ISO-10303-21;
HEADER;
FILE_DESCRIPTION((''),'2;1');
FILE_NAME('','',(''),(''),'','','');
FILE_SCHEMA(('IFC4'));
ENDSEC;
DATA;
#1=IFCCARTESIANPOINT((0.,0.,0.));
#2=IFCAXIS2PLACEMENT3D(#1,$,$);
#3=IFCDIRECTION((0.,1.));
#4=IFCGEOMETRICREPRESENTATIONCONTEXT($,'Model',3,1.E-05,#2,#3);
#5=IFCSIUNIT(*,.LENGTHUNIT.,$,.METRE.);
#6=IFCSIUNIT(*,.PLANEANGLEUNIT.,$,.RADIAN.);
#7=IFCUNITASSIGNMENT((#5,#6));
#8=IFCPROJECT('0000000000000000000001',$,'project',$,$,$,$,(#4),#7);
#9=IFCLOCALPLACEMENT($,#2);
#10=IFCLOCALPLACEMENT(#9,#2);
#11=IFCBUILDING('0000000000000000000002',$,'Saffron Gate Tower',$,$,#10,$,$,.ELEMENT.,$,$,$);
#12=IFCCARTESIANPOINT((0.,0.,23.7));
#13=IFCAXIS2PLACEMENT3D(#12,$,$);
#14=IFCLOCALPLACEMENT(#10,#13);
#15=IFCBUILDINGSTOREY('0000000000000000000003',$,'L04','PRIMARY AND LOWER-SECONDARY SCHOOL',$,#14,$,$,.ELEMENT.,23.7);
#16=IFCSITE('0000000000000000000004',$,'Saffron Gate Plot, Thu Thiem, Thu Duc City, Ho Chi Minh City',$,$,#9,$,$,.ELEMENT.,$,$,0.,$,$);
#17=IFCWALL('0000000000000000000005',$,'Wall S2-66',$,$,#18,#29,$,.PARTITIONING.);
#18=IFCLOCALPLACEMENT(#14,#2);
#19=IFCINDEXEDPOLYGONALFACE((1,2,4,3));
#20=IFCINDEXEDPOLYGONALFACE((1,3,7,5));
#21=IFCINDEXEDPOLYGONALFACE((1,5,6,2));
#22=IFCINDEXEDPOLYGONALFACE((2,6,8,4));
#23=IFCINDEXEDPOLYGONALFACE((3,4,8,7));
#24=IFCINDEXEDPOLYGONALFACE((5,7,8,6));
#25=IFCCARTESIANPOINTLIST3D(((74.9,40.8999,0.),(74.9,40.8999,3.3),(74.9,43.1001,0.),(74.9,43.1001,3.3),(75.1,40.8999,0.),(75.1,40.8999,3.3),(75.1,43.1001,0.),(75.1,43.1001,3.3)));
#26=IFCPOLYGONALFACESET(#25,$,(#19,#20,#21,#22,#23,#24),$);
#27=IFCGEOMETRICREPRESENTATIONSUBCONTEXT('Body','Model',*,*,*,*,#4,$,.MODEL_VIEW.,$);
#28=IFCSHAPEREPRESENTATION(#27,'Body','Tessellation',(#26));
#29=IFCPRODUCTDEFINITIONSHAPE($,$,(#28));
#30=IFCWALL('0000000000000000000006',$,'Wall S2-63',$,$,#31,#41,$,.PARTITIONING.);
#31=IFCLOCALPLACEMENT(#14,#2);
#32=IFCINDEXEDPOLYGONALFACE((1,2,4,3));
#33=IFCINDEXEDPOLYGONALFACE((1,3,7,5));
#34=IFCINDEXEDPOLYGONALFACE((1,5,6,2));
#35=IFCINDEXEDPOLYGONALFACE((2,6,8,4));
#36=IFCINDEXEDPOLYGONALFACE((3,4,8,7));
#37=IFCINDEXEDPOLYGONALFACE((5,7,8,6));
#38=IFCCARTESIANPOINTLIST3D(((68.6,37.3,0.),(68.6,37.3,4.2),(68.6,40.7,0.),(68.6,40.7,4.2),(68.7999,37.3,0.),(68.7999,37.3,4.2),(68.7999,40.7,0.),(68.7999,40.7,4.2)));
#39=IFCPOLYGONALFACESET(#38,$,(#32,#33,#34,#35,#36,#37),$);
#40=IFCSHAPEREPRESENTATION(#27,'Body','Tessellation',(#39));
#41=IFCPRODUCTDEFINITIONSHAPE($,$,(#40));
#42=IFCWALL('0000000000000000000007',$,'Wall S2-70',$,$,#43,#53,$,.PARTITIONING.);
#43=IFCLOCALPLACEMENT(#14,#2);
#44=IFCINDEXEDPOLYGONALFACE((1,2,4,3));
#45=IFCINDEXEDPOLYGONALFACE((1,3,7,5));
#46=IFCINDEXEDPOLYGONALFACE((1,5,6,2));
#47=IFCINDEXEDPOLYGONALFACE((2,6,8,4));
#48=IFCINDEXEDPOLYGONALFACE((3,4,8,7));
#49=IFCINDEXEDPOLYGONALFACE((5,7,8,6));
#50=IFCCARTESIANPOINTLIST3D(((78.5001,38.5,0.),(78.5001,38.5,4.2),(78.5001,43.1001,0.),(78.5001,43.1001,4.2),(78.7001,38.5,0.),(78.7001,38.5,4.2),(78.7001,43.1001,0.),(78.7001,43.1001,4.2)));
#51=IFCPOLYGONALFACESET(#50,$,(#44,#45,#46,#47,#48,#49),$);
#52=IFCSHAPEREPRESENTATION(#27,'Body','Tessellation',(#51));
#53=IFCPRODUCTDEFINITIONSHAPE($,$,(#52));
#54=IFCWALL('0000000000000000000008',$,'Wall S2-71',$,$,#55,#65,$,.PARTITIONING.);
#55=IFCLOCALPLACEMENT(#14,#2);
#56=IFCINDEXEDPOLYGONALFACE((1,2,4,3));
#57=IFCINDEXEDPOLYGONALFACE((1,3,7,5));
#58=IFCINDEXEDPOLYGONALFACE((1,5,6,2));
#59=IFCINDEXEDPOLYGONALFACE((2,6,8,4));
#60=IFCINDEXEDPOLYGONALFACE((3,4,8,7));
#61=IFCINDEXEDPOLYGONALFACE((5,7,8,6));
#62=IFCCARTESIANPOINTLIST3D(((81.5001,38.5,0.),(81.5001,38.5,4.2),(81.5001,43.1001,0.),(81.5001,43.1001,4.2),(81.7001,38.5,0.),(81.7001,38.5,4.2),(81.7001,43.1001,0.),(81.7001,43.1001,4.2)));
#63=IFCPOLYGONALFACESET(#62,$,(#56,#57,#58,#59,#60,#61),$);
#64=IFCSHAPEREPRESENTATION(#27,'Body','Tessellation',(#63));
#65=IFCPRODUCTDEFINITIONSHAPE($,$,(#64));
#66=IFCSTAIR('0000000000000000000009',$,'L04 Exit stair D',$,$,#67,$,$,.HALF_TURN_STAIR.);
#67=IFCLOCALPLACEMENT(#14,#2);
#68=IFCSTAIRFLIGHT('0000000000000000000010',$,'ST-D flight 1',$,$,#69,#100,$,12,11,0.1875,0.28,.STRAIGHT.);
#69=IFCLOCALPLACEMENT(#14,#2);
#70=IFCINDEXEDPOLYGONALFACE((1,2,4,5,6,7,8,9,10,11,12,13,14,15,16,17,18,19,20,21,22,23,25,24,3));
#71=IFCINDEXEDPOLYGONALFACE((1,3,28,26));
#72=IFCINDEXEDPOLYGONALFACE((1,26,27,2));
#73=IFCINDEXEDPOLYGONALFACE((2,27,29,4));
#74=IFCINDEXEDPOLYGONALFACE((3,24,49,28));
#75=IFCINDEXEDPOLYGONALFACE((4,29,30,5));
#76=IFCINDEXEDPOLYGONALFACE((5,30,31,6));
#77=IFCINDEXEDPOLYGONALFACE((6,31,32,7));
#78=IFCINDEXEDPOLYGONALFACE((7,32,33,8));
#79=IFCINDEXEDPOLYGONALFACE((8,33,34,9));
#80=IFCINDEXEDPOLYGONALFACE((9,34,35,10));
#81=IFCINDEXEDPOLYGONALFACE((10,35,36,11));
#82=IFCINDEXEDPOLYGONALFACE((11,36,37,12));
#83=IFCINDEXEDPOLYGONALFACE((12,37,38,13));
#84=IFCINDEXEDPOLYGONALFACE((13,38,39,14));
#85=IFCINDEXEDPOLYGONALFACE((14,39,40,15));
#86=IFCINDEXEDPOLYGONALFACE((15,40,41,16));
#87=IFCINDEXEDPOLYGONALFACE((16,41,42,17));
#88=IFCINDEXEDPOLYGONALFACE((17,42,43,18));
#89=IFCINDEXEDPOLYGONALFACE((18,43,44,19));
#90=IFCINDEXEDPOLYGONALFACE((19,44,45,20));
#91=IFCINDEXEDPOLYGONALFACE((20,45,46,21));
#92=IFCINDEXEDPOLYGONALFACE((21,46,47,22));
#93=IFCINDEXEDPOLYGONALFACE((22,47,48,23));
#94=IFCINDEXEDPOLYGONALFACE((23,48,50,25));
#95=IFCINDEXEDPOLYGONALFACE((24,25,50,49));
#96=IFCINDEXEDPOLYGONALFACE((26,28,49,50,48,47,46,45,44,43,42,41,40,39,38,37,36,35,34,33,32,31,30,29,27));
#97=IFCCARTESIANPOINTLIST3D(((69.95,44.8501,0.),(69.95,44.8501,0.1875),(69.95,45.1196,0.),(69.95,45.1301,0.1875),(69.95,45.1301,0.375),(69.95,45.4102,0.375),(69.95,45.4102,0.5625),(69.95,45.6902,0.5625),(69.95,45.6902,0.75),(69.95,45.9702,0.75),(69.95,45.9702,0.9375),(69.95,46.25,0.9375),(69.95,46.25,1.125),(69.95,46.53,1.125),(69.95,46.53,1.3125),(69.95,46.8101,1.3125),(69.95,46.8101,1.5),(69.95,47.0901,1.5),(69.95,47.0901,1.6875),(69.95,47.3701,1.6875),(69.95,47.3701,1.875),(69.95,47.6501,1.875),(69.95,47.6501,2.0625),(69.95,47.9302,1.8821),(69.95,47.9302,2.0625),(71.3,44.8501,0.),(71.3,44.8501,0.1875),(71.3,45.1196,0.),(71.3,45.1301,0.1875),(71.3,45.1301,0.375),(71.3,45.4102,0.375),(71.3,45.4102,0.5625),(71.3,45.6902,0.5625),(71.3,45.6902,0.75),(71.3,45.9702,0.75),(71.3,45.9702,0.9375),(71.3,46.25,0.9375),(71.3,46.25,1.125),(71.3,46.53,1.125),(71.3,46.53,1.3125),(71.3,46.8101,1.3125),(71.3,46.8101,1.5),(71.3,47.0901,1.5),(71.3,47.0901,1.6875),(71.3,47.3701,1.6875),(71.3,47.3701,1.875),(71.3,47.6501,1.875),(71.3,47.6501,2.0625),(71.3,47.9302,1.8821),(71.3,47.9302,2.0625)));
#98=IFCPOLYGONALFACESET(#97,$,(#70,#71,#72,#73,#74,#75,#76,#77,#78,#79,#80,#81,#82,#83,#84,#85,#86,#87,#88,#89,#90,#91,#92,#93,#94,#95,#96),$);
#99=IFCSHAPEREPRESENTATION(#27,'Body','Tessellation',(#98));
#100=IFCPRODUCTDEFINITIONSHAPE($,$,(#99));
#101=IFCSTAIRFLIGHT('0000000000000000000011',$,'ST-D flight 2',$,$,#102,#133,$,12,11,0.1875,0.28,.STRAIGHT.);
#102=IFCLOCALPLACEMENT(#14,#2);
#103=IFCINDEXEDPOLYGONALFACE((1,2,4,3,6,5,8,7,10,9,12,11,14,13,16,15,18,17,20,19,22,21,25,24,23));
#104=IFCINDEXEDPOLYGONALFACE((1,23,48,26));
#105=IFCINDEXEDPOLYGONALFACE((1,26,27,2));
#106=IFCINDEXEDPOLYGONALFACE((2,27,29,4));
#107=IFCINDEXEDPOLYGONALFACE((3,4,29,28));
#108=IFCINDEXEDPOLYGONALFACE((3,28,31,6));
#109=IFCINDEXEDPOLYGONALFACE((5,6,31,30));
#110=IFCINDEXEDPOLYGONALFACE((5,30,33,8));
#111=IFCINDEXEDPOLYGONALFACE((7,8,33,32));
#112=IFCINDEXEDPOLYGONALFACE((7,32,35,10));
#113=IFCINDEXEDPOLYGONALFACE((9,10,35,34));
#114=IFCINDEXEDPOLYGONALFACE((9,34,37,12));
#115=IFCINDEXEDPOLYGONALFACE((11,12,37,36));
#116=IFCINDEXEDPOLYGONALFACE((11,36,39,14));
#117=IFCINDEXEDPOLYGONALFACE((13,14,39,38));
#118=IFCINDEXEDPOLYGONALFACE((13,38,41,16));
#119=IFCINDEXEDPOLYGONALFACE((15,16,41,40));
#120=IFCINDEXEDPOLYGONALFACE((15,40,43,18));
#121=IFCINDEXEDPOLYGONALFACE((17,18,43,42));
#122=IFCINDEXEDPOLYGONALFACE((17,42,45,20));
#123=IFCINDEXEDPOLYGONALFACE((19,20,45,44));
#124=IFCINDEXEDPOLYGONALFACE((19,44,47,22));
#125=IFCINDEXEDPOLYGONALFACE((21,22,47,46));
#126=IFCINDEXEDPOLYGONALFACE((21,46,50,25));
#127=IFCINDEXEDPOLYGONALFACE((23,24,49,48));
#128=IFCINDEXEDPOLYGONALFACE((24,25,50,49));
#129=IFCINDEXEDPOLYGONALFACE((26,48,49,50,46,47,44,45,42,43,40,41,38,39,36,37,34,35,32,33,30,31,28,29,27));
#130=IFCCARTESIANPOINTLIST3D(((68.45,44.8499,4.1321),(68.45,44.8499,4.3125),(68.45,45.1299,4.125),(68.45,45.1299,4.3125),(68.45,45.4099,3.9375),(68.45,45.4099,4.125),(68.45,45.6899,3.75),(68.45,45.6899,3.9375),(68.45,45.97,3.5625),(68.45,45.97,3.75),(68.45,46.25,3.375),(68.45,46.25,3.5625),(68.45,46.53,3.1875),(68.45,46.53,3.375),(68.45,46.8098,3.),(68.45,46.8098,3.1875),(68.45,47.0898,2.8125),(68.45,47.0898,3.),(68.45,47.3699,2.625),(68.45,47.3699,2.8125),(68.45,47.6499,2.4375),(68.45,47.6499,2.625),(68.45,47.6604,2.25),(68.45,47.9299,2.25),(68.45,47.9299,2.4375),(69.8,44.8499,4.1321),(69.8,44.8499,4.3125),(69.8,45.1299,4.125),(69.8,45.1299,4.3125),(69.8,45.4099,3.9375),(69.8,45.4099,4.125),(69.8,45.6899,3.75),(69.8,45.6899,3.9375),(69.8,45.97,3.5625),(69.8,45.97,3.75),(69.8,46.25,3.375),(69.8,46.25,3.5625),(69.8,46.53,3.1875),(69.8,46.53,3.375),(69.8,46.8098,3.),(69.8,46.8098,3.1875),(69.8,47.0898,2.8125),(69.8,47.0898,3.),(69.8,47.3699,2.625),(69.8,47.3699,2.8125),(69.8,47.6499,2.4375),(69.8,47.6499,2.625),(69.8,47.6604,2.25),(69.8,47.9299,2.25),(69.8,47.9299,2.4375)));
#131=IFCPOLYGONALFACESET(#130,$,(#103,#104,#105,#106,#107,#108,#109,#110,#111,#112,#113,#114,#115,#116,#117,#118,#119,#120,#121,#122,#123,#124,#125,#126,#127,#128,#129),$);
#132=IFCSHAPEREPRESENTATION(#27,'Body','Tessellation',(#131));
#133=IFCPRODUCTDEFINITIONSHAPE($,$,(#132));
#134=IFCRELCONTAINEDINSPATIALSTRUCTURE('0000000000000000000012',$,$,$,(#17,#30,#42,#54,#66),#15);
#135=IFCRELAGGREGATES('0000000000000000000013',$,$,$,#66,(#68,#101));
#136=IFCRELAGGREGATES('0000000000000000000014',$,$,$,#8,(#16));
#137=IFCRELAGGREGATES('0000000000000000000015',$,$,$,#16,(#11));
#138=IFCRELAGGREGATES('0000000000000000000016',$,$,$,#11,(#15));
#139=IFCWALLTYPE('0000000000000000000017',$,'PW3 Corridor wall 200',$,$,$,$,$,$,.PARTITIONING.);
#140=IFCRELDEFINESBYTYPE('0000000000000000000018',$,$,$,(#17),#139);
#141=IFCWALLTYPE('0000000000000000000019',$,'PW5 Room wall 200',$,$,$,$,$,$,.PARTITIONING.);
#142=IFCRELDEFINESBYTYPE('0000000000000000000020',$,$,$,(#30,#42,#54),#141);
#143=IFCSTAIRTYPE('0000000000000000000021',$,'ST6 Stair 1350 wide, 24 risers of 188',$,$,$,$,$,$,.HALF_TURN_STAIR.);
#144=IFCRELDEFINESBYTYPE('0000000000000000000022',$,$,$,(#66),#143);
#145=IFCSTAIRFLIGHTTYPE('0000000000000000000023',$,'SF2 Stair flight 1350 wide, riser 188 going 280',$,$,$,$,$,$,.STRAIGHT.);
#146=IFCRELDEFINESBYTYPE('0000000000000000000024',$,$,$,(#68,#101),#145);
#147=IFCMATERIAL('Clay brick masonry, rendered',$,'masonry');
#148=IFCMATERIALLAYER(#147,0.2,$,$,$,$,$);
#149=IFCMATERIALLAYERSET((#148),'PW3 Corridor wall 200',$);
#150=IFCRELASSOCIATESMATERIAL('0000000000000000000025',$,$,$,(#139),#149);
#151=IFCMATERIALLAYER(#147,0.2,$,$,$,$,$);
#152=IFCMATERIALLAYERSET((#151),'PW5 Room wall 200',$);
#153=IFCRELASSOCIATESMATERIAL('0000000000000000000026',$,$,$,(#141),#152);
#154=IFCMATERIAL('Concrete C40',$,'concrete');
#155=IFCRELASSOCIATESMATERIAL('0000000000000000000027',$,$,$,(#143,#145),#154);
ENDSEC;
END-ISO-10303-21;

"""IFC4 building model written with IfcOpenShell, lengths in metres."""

from ifc_helpers import new_model, si_unit, direction, frame, frame_2d, origin, place, context, subcontext, project, spatial, polyline, rectangle, outline, extrude, material, layer, layer_set, type_object, element, aggregate, save


model = new_model("IFC4")

# Units and contexts
model_context = context("Model", 3, precision=1e-05, world=origin(), true_north=direction((0.0, 1.0)))
body_context = subcontext(model_context, "Body", "Model", "MODEL_VIEW")
ifc_project = project(units=[si_unit("LENGTHUNIT", "METRE"), si_unit("PLANEANGLEUNIT", "RADIAN")], contexts=[model_context])

# Site, building, storey
site_placement = place(None, origin())
site = spatial("IfcSite", under=ifc_project, at=site_placement, Name="Saffron Gate Plot, Thu Thiem, Thu Duc City, Ho Chi Minh City", CompositionType="ELEMENT", RefElevation=0.0)
building_placement = place(site_placement, origin())
building = spatial("IfcBuilding", under=site, at=building_placement, Name="Saffron Gate Tower", CompositionType="ELEMENT")
storey_placement = place(building_placement, frame((0.0, 0.0, 23.7)))
storey = spatial("IfcBuildingStorey", under=building, at=storey_placement, Name="L04", Description="PRIMARY AND LOWER-SECONDARY SCHOOL", CompositionType="ELEMENT", Elevation=23.7)

# Walls
ifc_material_1 = material(Name="Clay brick masonry, rendered", Category="masonry")
ifc_layer_1 = layer(ifc_material_1, 0.2)
ifc_layer_set_1 = layer_set([ifc_layer_1], Name="PW3 Corridor wall 200")
wall_type_1 = type_object("IfcWallType", Name="PW3 Corridor wall 200", PredefinedType="PARTITIONING", material=ifc_layer_set_1)
wall_1_placement = place(storey_placement, frame((75.0, 43.1001, 0.0), z_axis=(0.0, 0.0, 1.0), x_axis=(0.0, -1.0, 0.0)))
element("IfcWall", 1, at=wall_1_placement, inside=storey, type_object=wall_type_1, Name="Wall S2-66", PredefinedType="PARTITIONING", context=body_context, shape_type="SweptSolid", body=[
    extrude(rectangle(XDim=2.2002, YDim=0.2, at=frame_2d((1.1001, 0.0))), origin(), (0.0, 0.0, 1.0), 3.3),
])
ifc_layer_2 = layer(ifc_material_1, 0.2)
ifc_layer_set_2 = layer_set([ifc_layer_2], Name="PW5 Room wall 200")
wall_type_2 = type_object("IfcWallType", Name="PW5 Room wall 200", PredefinedType="PARTITIONING", material=ifc_layer_set_2)
wall_2_placement = place(storey_placement, frame((68.7, 40.7, 0.0), z_axis=(0.0, 0.0, 1.0), x_axis=(0.0, -1.0, 0.0)))
element("IfcWall", 2, at=wall_2_placement, inside=storey, type_object=wall_type_2, Name="Wall S2-63", PredefinedType="PARTITIONING", context=body_context, shape_type="SweptSolid", body=[
    extrude(rectangle(XDim=3.3999, YDim=0.2, at=frame_2d((1.7, 0.0))), origin(), (0.0, 0.0, 1.0), 4.2),
])
for number, where, z_axis, x_axis, name in (
    (3, (78.6001, 43.1001, 0.0), (0.0, 0.0, 1.0), (0.0, -1.0, 0.0), "Wall S2-70"),
    (4, (81.6001, 43.1001, 0.0), (0.0, 0.0, 1.0), (0.0, -1.0, 0.0), "Wall S2-71"),
):
    element("IfcWall", number, at=place(storey_placement, frame(where, z_axis=z_axis, x_axis=x_axis)), inside=storey, type_object=wall_type_2, Name=name, PredefinedType="PARTITIONING", context=body_context, shape_type="SweptSolid", body=[
        extrude(rectangle(XDim=4.6001, YDim=0.2, at=frame_2d((2.3, 0.0))), origin(), (0.0, 0.0, 1.0), 4.2),
    ])

# Stair, stair flights
ifc_material_2 = material(Name="Concrete C40", Category="concrete")
stair_type = type_object("IfcStairType", Name="ST6 Stair 1350 wide, 24 risers of 188", PredefinedType="HALF_TURN_STAIR", material=ifc_material_2)
stair_placement = place(storey_placement, origin())
stair = element("IfcStair", 5, at=stair_placement, inside=storey, type_object=stair_type, Name="L04 Exit stair D", PredefinedType="HALF_TURN_STAIR")
stair_flight_type = type_object("IfcStairFlightType", Name="SF2 Stair flight 1350 wide, riser 188 going 280", PredefinedType="STRAIGHT", material=ifc_material_2)
stair_flight_1_placement = place(storey_placement, frame((70.625, 44.8501, 0.0), z_axis=(0.0, 0.0, 1.0), x_axis=(0.0, 1.0, 0.0)))
stair_flight_1 = element("IfcStairFlight", 6, at=stair_flight_1_placement, type_object=stair_flight_type, Name="ST-D flight 1", NumberOfRisers=12, NumberOfTreads=11, PredefinedType="STRAIGHT", RiserHeight=0.1875, TreadLength=0.28, context=body_context, shape_type="SweptSolid", body=[
    extrude(outline(polyline([(0.0, 0.0), (0.0, 0.1875), (0.28, 0.1875), (0.28, 0.375), (0.5601, 0.375), (0.5601, 0.5625), (0.8401, 0.5625), (0.8401, 0.75), (1.1201, 0.75), (1.1201, 0.9375), (1.3999, 0.9375), (1.3999, 1.125), (1.6799, 1.125), (1.6799, 1.3125), (1.96, 1.3125), (1.96, 1.5), (2.24, 1.5), (2.24, 1.6875), (2.52, 1.6875), (2.52, 1.875), (2.8, 1.875), (2.8, 2.0625), (3.0801, 2.0625), (3.0801, 2.25), (3.0801, 1.8821), (0.2695, 0.0), (0.0, 0.0)])), frame((0.0, 0.675, 0.0), z_axis=(0.0, -1.0, 0.0), x_axis=(1.0, 0.0, 0.0)), (0.0, 0.0, 1.0), 1.3501),
])
stair_flight_2_placement = place(storey_placement, frame((69.125, 47.9299, 2.25), z_axis=(0.0, 0.0, 1.0), x_axis=(0.0, -1.0, 0.0)))
stair_flight_2 = element("IfcStairFlight", 7, at=stair_flight_2_placement, type_object=stair_flight_type, Name="ST-D flight 2", NumberOfRisers=12, NumberOfTreads=11, PredefinedType="STRAIGHT", RiserHeight=0.1875, TreadLength=0.28, context=body_context, shape_type="SweptSolid", body=[
    extrude(outline(polyline([(0.0, 0.0), (0.0, 0.1875), (0.28, 0.1875), (0.28, 0.375), (0.5601, 0.375), (0.5601, 0.5625), (0.8401, 0.5625), (0.8401, 0.75), (1.1201, 0.75), (1.1201, 0.9375), (1.3999, 0.9375), (1.3999, 1.125), (1.6799, 1.125), (1.6799, 1.3125), (1.96, 1.3125), (1.96, 1.5), (2.24, 1.5), (2.24, 1.6875), (2.52, 1.6875), (2.52, 1.875), (2.8, 1.875), (2.8, 2.0625), (3.0801, 2.0625), (3.0801, 2.25), (3.0801, 1.8821), (0.2695, 0.0), (0.0, 0.0)])), frame((0.0, 0.675, 0.0), z_axis=(0.0, -1.0, 0.0), x_axis=(1.0, 0.0, 0.0)), (0.0, 0.0, 1.0), 1.3501),
])
aggregate(stair, [stair_flight_1, stair_flight_2])

save(model, "model.ifc")
